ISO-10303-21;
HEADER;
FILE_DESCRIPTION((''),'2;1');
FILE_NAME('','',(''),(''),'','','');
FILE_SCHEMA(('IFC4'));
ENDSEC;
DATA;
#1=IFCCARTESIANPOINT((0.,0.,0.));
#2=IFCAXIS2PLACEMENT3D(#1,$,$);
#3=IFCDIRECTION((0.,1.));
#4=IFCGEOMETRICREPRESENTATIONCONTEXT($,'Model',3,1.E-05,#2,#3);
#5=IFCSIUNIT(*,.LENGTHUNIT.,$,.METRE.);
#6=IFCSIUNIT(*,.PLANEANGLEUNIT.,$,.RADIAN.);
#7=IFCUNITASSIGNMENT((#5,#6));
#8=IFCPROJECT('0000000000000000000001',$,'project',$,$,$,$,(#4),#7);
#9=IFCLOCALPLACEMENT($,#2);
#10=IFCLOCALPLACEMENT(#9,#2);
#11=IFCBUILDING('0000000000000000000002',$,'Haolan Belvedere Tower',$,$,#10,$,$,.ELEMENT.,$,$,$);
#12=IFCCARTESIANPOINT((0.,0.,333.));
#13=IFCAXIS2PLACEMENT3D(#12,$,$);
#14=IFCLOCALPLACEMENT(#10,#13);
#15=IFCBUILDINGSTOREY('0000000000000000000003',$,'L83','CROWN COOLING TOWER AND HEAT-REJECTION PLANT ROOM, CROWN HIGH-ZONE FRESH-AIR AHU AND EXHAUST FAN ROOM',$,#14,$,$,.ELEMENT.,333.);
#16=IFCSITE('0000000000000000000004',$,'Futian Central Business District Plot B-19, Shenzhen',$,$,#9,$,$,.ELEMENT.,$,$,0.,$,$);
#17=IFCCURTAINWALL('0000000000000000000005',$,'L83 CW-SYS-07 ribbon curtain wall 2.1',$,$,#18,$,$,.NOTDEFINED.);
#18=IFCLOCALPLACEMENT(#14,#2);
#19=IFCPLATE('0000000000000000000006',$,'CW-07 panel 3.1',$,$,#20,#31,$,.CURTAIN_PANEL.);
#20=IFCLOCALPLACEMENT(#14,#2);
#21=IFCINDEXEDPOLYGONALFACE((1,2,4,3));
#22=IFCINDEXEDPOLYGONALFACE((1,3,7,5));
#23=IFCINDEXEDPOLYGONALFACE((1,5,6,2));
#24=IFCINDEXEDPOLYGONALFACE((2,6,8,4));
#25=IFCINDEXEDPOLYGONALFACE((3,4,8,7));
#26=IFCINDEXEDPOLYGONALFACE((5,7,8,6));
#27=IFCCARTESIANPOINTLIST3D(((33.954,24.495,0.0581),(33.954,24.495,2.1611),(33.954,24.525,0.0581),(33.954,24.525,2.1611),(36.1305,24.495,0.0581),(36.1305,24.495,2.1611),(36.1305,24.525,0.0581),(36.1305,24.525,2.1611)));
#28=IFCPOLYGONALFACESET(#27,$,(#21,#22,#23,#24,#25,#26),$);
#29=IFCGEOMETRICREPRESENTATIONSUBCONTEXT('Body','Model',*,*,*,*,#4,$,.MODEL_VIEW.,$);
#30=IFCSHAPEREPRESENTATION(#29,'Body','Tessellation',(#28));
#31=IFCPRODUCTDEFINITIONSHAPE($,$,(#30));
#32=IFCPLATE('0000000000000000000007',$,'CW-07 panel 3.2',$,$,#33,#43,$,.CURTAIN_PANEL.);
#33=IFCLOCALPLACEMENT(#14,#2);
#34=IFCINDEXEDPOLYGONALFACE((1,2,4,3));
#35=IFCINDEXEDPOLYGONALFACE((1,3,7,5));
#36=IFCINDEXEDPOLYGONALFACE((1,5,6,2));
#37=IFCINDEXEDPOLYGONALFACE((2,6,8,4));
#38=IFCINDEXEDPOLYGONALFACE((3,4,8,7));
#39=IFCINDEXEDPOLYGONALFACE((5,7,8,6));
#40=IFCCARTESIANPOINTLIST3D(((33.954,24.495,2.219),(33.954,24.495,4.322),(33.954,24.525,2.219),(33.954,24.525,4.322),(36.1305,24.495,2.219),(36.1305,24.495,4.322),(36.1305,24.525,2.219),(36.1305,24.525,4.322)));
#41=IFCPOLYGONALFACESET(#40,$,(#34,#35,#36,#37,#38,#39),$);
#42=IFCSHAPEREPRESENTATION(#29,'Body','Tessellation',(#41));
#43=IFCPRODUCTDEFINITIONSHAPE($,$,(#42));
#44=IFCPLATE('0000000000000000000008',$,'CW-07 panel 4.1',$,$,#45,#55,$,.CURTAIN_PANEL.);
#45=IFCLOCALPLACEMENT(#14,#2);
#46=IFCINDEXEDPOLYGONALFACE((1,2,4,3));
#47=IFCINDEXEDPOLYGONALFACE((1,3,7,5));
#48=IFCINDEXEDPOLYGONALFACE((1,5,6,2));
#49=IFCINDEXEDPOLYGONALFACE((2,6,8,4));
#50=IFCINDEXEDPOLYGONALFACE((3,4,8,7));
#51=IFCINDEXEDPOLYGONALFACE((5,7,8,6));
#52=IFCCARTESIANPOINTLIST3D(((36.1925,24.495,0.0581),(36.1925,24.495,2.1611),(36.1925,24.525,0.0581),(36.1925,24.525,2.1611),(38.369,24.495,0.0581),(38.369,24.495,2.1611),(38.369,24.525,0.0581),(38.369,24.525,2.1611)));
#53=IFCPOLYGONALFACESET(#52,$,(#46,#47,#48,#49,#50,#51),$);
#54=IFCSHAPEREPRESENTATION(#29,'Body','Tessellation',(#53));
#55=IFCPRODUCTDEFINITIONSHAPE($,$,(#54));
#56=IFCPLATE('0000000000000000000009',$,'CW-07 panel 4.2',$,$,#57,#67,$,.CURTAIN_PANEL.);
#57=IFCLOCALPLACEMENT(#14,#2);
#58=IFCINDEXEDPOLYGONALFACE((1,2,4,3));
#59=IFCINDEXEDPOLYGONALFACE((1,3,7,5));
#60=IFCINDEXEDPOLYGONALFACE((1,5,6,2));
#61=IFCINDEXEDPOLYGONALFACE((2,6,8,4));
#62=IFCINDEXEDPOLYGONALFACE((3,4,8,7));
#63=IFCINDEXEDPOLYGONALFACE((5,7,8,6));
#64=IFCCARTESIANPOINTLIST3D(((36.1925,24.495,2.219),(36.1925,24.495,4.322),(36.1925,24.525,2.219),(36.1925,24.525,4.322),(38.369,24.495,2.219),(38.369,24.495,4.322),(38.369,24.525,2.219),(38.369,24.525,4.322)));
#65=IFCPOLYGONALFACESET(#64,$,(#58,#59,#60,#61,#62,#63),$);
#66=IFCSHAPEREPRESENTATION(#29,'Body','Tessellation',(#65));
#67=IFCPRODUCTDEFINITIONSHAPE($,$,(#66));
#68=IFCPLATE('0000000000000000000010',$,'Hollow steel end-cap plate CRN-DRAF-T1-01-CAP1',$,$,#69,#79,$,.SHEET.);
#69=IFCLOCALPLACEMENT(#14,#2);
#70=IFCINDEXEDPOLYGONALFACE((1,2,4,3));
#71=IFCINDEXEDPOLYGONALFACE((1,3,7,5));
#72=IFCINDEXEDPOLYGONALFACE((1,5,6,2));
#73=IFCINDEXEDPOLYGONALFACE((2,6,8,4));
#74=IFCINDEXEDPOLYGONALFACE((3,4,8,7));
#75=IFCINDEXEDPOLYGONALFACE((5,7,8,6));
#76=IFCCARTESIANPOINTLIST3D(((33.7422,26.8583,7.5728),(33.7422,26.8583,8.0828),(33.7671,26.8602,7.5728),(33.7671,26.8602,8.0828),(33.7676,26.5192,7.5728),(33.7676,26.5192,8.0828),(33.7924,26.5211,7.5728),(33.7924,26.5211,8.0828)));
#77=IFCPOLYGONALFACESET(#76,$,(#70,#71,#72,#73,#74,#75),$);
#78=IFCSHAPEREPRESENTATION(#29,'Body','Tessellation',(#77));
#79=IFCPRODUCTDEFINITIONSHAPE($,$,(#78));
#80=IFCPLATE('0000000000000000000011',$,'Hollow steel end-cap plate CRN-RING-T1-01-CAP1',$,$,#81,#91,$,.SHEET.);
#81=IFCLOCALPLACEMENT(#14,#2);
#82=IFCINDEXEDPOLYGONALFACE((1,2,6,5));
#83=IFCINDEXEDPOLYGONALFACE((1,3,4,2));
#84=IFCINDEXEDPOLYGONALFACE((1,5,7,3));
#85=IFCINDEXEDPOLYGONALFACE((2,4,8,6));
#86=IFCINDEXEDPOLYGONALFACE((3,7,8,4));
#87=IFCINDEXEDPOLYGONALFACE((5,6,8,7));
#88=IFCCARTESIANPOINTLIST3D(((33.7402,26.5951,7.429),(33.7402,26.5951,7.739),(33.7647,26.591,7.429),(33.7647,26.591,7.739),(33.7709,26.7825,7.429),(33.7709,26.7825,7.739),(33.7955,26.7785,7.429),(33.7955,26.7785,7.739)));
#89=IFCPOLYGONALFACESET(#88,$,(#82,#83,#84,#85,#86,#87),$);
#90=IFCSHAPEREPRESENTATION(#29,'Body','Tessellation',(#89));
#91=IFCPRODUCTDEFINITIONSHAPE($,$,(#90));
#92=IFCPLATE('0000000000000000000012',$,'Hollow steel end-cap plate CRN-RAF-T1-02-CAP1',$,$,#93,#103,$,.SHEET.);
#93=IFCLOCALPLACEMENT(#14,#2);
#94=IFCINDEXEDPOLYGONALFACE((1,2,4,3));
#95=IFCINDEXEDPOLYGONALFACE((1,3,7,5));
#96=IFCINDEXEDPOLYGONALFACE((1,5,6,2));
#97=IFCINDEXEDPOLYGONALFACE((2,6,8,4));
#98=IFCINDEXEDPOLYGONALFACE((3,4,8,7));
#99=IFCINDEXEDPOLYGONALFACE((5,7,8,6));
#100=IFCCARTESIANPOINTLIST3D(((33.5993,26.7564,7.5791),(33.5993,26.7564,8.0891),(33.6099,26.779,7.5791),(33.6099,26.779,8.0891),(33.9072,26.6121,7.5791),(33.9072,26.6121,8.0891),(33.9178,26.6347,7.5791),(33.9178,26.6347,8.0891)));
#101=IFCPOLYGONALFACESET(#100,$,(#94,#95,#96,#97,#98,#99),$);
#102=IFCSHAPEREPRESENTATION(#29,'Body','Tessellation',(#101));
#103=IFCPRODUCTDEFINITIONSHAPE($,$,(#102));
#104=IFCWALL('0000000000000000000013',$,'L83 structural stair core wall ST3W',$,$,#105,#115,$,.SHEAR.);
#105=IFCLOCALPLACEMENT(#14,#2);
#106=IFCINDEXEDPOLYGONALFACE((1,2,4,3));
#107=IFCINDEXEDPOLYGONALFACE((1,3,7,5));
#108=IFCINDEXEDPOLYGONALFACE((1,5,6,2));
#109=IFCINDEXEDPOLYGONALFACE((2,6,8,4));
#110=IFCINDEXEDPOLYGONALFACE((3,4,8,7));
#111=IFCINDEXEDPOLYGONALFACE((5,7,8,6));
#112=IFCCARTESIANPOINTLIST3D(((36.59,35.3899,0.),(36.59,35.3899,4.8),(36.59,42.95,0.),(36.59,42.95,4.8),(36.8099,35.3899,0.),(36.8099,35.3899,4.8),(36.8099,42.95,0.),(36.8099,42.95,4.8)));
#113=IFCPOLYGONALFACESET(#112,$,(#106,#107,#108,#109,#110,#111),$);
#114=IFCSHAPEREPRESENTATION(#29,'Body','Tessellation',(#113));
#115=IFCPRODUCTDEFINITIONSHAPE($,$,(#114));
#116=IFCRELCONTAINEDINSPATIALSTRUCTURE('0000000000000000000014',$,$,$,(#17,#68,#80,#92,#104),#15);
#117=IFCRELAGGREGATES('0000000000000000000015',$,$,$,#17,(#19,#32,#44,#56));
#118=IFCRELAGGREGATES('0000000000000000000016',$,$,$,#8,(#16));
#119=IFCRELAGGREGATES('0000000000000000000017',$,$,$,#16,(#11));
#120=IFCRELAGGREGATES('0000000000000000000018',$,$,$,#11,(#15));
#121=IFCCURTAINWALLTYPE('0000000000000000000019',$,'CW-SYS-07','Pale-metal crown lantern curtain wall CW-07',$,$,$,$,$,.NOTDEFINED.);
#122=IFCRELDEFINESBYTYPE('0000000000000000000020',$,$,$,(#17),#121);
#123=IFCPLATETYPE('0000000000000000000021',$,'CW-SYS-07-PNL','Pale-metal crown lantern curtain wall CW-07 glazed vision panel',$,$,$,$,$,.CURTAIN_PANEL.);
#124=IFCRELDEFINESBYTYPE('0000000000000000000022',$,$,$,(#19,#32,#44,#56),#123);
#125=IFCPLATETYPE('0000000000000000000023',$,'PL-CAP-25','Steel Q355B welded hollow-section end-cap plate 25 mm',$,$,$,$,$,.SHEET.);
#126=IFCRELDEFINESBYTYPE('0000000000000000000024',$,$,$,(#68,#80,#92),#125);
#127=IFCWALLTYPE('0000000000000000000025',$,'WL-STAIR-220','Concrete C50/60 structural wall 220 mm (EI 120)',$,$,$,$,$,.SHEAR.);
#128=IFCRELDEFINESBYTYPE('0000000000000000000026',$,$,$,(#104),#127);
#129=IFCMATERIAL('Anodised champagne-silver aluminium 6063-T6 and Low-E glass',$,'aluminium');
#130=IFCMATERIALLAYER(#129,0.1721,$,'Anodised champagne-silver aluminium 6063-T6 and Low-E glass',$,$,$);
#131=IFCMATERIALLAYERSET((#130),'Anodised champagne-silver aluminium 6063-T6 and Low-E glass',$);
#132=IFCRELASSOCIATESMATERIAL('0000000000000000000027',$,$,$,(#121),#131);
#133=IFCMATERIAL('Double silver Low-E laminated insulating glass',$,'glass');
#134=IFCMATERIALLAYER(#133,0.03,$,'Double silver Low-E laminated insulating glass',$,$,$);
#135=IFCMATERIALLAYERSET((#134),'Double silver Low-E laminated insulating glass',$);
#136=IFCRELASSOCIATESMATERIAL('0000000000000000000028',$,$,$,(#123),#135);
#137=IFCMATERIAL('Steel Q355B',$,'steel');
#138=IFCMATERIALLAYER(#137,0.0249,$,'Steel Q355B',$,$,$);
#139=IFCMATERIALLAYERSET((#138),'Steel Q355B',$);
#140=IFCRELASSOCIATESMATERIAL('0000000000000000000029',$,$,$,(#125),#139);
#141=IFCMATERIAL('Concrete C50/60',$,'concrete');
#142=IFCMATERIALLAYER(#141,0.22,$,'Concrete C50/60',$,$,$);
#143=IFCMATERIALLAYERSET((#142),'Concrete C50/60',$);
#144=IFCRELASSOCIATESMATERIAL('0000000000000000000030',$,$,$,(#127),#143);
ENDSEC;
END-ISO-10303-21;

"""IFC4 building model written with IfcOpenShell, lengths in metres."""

from ifc_helpers import new_model, si_unit, direction, frame, frame_2d, origin, origin_2d, place, context, subcontext, project, spatial, rectangle, extrude, material, layer, layer_set, type_object, element, aggregate, save


model = new_model("IFC4")

# Units and contexts
model_context = context("Model", 3, precision=1e-05, world=origin(), true_north=direction((0.0, 1.0)))
body_context = subcontext(model_context, "Body", "Model", "MODEL_VIEW")
ifc_project = project(units=[si_unit("LENGTHUNIT", "METRE"), si_unit("PLANEANGLEUNIT", "RADIAN")], contexts=[model_context])

# Site, building, storey
site_placement = place(None, origin())
site = spatial("IfcSite", under=ifc_project, at=site_placement, Name="Futian Central Business District Plot B-19, Shenzhen", CompositionType="ELEMENT", RefElevation=0.0)
building_placement = place(site_placement, origin())
building = spatial("IfcBuilding", under=site, at=building_placement, Name="Haolan Belvedere Tower", CompositionType="ELEMENT")
storey_placement = place(building_placement, frame((0.0, 0.0, 333.0)))
storey = spatial("IfcBuildingStorey", under=building, at=storey_placement, Name="L83", Description="CROWN COOLING TOWER AND HEAT-REJECTION PLANT ROOM, CROWN HIGH-ZONE FRESH-AIR AHU AND EXHAUST FAN ROOM", CompositionType="ELEMENT", Elevation=333.0)

# Shared definitions
ifc_material_1 = material(Name="Steel Q355B", Category="steel")

# Curtain wall
ifc_material_2 = material(Name="Anodised champagne-silver aluminium 6063-T6 and Low-E glass", Category="aluminium")
ifc_layer_1 = layer(ifc_material_2, 0.1721, Name="Anodised champagne-silver aluminium 6063-T6 and Low-E glass")
ifc_layer_set_1 = layer_set([ifc_layer_1], Name="Anodised champagne-silver aluminium 6063-T6 and Low-E glass")
curtain_wall_type = type_object("IfcCurtainWallType", Name="CW-SYS-07", Description="Pale-metal crown lantern curtain wall CW-07", PredefinedType="NOTDEFINED", material=ifc_layer_set_1)
curtain_wall_placement = place(storey_placement, origin())
curtain_wall = element("IfcCurtainWall", 1, at=curtain_wall_placement, inside=storey, type_object=curtain_wall_type, Name="L83 CW-SYS-07 ribbon curtain wall 2.1", PredefinedType="NOTDEFINED")

# Plates
ifc_material_3 = material(Name="Double silver Low-E laminated insulating glass", Category="glass")
ifc_layer_2 = layer(ifc_material_3, 0.03, Name="Double silver Low-E laminated insulating glass")
ifc_layer_set_2 = layer_set([ifc_layer_2], Name="Double silver Low-E laminated insulating glass")
plate_type_1 = type_object("IfcPlateType", Name="CW-SYS-07-PNL", Description="Pale-metal crown lantern curtain wall CW-07 glazed vision panel", PredefinedType="CURTAIN_PANEL", material=ifc_layer_set_2)
plate_1_placement = place(storey_placement, frame((35.0422, 24.51, 0.0581), z_axis=(0.0, 0.0, 1.0), x_axis=(1.0, 0.0, 0.0)))
plate_1 = element("IfcPlate", 2, at=plate_1_placement, type_object=plate_type_1, Name="CW-07 panel 3.1", PredefinedType="CURTAIN_PANEL", context=body_context, shape_type="SweptSolid", body=[
    extrude(rectangle(XDim=2.1765, YDim=0.03, at=origin_2d()), origin(), (0.0, 0.0, 1.0), 2.103),
])
plate_2_placement = place(storey_placement, frame((35.0422, 24.51, 2.219), z_axis=(0.0, 0.0, 1.0), x_axis=(1.0, 0.0, 0.0)))
plate_2 = element("IfcPlate", 3, at=plate_2_placement, type_object=plate_type_1, Name="CW-07 panel 3.2", PredefinedType="CURTAIN_PANEL", context=body_context, shape_type="SweptSolid", body=[
    extrude(rectangle(XDim=2.1765, YDim=0.03, at=origin_2d()), origin(), (0.0, 0.0, 1.0), 2.103),
])
plate_3_placement = place(storey_placement, frame((37.2808, 24.51, 0.0581), z_axis=(0.0, 0.0, 1.0), x_axis=(1.0, 0.0, 0.0)))
plate_3 = element("IfcPlate", 4, at=plate_3_placement, type_object=plate_type_1, Name="CW-07 panel 4.1", PredefinedType="CURTAIN_PANEL", context=body_context, shape_type="SweptSolid", body=[
    extrude(rectangle(XDim=2.1765, YDim=0.03, at=origin_2d()), origin(), (0.0, 0.0, 1.0), 2.103),
])
plate_4_placement = place(storey_placement, frame((37.2808, 24.51, 2.219), z_axis=(0.0, 0.0, 1.0), x_axis=(1.0, 0.0, 0.0)))
plate_4 = element("IfcPlate", 5, at=plate_4_placement, type_object=plate_type_1, Name="CW-07 panel 4.2", PredefinedType="CURTAIN_PANEL", context=body_context, shape_type="SweptSolid", body=[
    extrude(rectangle(XDim=2.1765, YDim=0.03, at=origin_2d()), origin(), (0.0, 0.0, 1.0), 2.103),
])
aggregate(curtain_wall, [plate_1, plate_2, plate_3, plate_4])

# Plates
ifc_layer_3 = layer(ifc_material_1, 0.0249, Name="Steel Q355B")
ifc_layer_set_3 = layer_set([ifc_layer_3], Name="Steel Q355B")
plate_type_2 = type_object("IfcPlateType", Name="PL-CAP-25", Description="Steel Q355B welded hollow-section end-cap plate 25 mm", PredefinedType="SHEET", material=ifc_layer_set_3)
plate_5_placement = place(storey_placement, frame((33.7673, 26.6897, 7.5728), z_axis=(0.0, 0.0, 1.0), x_axis=(-0.074596, 0.997214, 0.0)))
element("IfcPlate", 6, at=plate_5_placement, inside=storey, type_object=plate_type_2, Name="Hollow steel end-cap plate CRN-DRAF-T1-01-CAP1", PredefinedType="SHEET", context=body_context, shape_type="SweptSolid", body=[
    extrude(rectangle(XDim=0.3401, YDim=0.0249, at=origin_2d()), origin(), (0.0, 0.0, 1.0), 0.51),
])
plate_6_placement = place(storey_placement, frame((33.7678, 26.6868, 7.429), z_axis=(0.0, 0.0, 1.0), x_axis=(0.161828, 0.986819, 0.0)))
element("IfcPlate", 7, at=plate_6_placement, inside=storey, type_object=plate_type_2, Name="Hollow steel end-cap plate CRN-RING-T1-01-CAP1", PredefinedType="SHEET", context=body_context, shape_type="SweptSolid", body=[
    extrude(rectangle(XDim=0.1899, YDim=0.0249, at=origin_2d()), origin(), (0.0, 0.0, 1.0), 0.3101),
])
plate_7_placement = place(storey_placement, frame((33.7585, 26.6956, 7.5791), z_axis=(0.0, 0.0, 1.0), x_axis=(-0.90551, 0.424326, 0.0)))
element("IfcPlate", 8, at=plate_7_placement, inside=storey, type_object=plate_type_2, Name="Hollow steel end-cap plate CRN-RAF-T1-02-CAP1", PredefinedType="SHEET", context=body_context, shape_type="SweptSolid", body=[
    extrude(rectangle(XDim=0.3401, YDim=0.0249, at=origin_2d()), origin(), (0.0, 0.0, 1.0), 0.51),
])

# Wall
ifc_material_4 = material(Name="Concrete C50/60", Category="concrete")
ifc_layer_4 = layer(ifc_material_4, 0.22, Name="Concrete C50/60")
ifc_layer_set_4 = layer_set([ifc_layer_4], Name="Concrete C50/60")
wall_type = type_object("IfcWallType", Name="WL-STAIR-220", Description="Concrete C50/60 structural wall 220 mm (EI 120)", PredefinedType="SHEAR", material=ifc_layer_set_4)
wall_placement = place(storey_placement, frame((36.7, 35.3899, 0.0), z_axis=(0.0, 0.0, 1.0), x_axis=(0.0, 1.0, 0.0)))
element("IfcWall", 9, at=wall_placement, inside=storey, type_object=wall_type, Name="L83 structural stair core wall ST3W", PredefinedType="SHEAR", context=body_context, shape_type="SweptSolid", body=[
    extrude(rectangle(XDim=7.5601, YDim=0.22, at=frame_2d((3.78, 0.0))), origin(), (0.0, 0.0, 1.0), 4.8),
])

save(model, "model.ifc")
